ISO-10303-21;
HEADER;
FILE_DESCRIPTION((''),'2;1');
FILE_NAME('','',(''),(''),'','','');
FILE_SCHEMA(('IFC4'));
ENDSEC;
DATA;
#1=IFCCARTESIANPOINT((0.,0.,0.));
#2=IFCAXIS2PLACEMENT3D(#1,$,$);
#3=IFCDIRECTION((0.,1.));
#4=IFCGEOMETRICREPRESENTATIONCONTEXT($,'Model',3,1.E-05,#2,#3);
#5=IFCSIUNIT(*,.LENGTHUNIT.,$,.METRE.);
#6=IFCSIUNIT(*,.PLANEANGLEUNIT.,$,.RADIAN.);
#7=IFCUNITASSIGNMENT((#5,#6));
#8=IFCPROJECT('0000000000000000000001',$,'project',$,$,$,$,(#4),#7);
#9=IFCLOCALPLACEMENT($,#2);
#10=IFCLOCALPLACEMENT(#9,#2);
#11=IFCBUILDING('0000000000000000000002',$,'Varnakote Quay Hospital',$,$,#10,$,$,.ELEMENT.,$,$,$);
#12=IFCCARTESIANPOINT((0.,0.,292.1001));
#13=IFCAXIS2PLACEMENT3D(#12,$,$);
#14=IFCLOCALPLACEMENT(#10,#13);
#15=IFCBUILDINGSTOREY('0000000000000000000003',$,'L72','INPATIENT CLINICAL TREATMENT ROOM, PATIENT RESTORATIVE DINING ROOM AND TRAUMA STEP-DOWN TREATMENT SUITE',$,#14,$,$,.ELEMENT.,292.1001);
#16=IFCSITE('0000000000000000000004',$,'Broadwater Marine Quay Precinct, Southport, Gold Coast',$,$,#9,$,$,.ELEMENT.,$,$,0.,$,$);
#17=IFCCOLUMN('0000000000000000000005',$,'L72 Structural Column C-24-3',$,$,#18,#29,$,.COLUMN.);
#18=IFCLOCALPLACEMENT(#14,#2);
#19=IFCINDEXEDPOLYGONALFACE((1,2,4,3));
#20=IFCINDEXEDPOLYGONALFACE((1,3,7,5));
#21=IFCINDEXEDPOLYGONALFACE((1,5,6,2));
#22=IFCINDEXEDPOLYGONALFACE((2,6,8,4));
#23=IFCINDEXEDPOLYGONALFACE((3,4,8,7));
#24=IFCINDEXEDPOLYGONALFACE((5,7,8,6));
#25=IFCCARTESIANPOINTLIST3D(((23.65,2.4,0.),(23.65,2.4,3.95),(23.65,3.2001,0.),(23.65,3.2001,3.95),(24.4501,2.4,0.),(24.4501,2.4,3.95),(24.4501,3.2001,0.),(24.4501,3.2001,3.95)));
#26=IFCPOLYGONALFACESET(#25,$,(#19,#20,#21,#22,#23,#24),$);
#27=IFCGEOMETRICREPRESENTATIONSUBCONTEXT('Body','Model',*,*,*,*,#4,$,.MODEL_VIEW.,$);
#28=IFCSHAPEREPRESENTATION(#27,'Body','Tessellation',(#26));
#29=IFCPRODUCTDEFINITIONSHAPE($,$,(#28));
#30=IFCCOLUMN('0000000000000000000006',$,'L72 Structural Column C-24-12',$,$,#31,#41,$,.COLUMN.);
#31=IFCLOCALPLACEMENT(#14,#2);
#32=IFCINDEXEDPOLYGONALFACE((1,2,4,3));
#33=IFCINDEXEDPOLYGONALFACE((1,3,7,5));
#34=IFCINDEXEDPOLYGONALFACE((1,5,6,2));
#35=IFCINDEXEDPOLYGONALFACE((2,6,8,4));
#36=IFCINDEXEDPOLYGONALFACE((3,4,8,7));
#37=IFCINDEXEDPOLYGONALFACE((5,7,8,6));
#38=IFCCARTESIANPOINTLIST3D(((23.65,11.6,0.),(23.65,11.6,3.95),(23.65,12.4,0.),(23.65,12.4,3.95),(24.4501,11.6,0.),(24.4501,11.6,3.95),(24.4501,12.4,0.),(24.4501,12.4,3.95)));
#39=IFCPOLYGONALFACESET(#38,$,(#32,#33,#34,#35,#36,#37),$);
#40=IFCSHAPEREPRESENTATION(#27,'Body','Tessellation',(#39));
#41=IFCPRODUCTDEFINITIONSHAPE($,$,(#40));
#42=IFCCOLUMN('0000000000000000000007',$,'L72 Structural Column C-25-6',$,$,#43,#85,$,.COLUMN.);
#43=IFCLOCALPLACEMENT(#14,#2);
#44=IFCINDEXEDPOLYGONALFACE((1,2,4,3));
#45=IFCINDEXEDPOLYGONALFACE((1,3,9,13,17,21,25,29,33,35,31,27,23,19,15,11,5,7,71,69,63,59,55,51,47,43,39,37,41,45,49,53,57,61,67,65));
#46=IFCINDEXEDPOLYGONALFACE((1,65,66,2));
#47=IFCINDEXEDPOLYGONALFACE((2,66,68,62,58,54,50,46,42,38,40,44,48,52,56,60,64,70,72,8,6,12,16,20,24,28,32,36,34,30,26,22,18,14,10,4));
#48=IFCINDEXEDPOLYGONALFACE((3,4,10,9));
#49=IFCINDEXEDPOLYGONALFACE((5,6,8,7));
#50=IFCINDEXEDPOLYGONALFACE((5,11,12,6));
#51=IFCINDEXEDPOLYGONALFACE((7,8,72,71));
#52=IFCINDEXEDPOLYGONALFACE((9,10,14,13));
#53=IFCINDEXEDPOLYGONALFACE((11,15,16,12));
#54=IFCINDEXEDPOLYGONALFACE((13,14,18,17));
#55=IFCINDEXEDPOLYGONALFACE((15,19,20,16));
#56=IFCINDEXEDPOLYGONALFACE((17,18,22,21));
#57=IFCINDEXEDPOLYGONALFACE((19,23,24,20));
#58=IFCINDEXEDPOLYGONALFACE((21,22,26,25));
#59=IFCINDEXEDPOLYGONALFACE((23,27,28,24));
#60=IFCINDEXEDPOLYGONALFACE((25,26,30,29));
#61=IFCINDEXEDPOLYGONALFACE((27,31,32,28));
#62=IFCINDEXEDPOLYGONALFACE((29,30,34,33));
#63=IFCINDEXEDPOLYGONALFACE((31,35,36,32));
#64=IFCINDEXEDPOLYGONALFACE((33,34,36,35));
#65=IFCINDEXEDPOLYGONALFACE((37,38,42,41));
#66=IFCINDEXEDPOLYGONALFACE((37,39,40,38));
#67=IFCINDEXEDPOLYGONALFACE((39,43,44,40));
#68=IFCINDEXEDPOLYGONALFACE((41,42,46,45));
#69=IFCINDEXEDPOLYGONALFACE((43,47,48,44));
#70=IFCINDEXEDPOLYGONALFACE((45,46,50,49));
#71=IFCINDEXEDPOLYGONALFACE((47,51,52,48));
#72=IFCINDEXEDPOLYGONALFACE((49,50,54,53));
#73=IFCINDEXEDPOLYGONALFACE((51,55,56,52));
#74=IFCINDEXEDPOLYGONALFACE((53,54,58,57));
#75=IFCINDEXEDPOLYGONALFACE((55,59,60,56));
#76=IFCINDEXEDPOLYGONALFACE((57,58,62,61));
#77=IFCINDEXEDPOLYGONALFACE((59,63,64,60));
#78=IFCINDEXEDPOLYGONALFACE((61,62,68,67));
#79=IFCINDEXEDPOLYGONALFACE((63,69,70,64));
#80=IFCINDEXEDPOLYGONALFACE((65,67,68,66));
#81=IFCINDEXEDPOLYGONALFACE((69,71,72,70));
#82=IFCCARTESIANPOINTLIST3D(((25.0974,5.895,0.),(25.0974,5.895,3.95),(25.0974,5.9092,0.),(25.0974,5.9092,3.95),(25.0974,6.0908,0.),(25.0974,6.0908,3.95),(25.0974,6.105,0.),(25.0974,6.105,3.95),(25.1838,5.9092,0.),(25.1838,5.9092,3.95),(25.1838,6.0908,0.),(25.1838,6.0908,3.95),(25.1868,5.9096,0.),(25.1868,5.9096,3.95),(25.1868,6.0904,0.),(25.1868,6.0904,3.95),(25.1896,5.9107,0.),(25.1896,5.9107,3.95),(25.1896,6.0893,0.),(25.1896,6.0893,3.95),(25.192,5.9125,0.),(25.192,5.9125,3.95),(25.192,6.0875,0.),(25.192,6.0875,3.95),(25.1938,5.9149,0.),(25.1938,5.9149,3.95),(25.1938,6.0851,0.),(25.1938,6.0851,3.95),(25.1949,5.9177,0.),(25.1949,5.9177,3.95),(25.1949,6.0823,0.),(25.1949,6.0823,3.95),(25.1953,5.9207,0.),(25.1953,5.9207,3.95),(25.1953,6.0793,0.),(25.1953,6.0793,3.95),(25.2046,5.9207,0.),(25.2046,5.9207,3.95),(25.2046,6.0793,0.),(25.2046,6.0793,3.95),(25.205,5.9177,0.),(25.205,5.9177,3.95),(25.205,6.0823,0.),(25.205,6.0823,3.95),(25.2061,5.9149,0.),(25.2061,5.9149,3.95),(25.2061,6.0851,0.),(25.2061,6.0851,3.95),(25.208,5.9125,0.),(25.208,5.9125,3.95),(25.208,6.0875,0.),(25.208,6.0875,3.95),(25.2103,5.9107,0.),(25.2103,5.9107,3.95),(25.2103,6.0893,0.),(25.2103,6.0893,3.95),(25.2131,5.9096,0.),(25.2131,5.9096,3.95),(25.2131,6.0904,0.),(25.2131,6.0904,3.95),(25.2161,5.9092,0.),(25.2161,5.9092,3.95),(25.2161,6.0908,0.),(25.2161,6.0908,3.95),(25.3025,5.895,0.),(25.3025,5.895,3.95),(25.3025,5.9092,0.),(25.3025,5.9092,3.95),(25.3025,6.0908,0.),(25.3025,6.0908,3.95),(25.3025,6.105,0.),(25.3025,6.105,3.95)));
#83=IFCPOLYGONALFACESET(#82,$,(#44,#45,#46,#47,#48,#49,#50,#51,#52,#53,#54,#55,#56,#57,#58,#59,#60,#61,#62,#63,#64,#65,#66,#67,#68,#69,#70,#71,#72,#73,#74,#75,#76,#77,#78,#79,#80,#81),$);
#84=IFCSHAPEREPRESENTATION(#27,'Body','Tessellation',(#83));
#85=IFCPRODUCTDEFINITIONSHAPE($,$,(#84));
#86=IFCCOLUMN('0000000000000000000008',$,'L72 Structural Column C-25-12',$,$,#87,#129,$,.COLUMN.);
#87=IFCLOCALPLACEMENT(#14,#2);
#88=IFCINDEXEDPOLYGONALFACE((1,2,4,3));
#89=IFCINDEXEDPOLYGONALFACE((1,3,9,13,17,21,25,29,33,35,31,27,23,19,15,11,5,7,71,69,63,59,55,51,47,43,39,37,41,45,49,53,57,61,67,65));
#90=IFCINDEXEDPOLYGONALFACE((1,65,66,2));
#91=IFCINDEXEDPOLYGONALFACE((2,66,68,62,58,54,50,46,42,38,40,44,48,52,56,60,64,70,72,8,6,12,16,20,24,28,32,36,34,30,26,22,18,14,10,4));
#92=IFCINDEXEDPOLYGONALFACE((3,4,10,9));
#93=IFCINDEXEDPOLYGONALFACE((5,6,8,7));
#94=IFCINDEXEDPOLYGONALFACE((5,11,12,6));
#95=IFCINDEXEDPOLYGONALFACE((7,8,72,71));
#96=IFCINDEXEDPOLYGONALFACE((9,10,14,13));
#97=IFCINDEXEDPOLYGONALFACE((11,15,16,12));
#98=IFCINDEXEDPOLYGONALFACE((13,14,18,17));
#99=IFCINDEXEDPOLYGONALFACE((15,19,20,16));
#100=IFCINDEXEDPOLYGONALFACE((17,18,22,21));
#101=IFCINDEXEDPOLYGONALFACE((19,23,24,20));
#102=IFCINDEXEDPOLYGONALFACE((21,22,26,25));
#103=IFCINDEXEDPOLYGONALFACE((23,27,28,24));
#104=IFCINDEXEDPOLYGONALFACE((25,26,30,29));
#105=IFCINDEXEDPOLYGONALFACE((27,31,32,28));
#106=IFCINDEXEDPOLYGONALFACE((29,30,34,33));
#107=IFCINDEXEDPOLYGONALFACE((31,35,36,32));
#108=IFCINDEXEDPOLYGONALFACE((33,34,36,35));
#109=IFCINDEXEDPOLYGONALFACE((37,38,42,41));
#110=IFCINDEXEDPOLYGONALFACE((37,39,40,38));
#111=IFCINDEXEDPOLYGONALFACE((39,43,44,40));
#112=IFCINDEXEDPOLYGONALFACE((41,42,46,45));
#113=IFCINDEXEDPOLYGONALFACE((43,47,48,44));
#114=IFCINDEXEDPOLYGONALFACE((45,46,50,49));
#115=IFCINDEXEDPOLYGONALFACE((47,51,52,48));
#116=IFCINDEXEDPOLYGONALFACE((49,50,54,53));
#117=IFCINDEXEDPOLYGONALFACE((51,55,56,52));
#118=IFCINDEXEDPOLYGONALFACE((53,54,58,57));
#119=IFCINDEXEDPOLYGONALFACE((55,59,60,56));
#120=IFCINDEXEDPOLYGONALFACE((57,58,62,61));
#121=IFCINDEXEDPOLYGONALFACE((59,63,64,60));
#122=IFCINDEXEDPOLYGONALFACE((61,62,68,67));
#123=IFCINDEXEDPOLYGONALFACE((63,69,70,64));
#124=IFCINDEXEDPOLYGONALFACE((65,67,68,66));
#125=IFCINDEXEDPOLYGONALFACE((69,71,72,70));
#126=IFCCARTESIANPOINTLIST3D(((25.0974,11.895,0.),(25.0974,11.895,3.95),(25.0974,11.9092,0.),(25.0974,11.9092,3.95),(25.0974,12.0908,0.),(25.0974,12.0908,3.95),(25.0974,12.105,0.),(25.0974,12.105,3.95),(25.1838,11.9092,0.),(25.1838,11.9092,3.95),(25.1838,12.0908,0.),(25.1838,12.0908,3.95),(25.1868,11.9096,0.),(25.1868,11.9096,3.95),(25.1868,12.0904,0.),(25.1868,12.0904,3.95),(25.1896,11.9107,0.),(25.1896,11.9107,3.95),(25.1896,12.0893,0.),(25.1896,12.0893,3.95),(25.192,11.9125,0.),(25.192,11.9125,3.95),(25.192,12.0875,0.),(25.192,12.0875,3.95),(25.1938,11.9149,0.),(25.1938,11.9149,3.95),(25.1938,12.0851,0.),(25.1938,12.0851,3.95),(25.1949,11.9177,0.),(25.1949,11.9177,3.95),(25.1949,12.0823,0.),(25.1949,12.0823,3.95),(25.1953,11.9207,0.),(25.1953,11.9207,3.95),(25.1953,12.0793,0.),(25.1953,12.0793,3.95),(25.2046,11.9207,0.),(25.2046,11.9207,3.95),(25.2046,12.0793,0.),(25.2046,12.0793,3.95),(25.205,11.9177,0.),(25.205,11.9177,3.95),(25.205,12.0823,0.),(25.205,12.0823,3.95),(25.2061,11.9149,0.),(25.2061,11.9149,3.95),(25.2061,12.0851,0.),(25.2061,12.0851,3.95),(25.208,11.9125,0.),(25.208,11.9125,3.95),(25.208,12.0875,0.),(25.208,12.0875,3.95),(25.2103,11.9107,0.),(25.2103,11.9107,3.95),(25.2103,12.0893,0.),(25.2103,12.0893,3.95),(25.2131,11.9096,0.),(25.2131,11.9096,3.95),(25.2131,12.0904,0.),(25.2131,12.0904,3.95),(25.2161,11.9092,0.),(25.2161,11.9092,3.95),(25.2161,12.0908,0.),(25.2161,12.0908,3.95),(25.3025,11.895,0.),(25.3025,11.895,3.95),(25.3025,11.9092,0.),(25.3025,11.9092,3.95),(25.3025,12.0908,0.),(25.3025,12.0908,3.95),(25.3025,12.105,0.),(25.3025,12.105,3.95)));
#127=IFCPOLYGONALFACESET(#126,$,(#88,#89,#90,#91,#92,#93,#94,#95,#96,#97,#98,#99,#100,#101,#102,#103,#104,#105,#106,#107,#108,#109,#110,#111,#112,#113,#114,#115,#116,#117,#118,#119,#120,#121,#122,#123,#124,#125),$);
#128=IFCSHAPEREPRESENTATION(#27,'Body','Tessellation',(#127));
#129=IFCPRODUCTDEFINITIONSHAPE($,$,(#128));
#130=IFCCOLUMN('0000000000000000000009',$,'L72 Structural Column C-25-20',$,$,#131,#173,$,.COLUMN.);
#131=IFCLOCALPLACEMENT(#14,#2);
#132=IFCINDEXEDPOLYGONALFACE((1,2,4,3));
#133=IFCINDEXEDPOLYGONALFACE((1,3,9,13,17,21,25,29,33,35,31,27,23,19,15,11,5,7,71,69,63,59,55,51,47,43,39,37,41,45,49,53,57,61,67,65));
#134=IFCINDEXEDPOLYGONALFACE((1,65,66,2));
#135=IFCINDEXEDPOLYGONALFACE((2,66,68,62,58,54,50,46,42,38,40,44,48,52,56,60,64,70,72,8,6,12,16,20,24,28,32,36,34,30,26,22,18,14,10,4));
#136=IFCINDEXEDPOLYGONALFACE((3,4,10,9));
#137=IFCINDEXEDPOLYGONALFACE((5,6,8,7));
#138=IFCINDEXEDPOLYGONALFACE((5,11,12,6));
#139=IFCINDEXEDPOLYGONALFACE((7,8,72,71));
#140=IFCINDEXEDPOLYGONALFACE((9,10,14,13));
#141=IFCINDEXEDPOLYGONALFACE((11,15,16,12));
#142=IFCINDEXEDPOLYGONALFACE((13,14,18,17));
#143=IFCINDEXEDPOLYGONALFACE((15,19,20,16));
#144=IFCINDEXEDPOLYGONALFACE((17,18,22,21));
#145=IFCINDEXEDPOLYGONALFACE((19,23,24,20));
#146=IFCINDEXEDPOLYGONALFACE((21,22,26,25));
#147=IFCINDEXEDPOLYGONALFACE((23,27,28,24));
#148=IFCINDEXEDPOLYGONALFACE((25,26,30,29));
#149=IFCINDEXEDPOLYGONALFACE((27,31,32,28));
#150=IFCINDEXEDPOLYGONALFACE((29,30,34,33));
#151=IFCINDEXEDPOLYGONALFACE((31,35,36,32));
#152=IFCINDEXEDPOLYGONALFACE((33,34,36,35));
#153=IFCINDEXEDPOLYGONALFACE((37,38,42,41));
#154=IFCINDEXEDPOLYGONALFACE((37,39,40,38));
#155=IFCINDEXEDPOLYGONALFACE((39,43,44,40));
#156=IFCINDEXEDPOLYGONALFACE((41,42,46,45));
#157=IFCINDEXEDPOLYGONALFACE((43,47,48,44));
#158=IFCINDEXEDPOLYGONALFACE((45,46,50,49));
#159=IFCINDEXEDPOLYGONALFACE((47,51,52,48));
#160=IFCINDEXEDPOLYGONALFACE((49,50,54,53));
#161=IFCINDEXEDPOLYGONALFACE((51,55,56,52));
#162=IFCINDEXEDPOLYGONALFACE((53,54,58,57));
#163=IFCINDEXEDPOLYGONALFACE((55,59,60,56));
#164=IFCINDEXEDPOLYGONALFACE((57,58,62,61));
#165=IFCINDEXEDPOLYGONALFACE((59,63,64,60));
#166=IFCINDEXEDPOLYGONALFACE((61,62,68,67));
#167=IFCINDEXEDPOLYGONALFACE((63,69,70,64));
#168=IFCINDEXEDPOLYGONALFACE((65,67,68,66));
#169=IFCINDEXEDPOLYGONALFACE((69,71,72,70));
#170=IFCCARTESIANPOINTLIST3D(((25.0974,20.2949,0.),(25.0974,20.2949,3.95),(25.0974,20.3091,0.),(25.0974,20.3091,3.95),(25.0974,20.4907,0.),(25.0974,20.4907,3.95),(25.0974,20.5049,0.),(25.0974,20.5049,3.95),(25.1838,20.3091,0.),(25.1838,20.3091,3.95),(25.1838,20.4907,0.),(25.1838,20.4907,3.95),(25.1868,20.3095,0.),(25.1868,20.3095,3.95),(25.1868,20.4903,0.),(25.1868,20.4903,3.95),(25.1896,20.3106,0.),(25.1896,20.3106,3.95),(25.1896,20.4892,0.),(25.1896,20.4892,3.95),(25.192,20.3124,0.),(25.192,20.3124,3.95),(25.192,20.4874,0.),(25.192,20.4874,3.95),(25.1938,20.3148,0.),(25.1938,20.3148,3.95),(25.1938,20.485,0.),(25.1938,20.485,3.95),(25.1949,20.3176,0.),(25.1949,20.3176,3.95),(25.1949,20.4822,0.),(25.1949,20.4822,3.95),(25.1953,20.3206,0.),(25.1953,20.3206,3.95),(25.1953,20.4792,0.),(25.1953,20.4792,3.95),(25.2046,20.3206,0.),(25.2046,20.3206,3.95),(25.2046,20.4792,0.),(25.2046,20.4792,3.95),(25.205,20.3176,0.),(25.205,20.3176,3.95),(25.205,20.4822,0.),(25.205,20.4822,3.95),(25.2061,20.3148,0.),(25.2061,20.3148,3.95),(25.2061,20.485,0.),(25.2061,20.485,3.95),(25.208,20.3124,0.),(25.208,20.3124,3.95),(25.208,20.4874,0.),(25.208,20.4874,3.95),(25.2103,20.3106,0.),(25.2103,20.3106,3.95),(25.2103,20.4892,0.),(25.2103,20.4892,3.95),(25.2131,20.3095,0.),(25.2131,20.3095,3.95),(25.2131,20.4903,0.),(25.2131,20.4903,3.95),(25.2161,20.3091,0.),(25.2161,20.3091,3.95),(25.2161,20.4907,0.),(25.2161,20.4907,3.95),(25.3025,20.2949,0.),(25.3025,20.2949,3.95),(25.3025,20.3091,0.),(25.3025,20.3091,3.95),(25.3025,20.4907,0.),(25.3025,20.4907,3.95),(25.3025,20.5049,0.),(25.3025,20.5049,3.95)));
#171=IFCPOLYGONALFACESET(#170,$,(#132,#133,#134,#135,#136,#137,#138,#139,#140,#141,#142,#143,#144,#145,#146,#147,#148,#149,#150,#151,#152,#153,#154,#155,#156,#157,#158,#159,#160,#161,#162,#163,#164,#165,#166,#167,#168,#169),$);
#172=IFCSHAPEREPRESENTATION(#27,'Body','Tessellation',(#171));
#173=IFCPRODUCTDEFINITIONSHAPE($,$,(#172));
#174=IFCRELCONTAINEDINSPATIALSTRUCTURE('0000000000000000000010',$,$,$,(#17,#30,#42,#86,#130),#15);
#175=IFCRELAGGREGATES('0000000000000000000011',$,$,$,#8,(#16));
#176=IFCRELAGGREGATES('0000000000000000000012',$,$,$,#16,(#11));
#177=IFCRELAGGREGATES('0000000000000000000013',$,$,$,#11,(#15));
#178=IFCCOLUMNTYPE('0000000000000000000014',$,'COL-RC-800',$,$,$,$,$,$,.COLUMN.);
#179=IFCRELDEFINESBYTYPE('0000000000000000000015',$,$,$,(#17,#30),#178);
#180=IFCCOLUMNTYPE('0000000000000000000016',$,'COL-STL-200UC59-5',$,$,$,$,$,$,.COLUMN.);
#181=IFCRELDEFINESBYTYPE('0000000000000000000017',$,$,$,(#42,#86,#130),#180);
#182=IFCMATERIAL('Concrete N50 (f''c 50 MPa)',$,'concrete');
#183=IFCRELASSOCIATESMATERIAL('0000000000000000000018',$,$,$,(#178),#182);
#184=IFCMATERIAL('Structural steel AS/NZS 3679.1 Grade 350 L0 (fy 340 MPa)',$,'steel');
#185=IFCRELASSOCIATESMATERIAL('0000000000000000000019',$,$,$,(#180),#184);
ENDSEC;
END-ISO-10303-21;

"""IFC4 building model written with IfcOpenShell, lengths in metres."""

from ifc_helpers import new_model, si_unit, direction, frame, origin, origin_2d, place, context, subcontext, project, spatial, rectangle, i_section, extrude, material, material_profile, profile_set, type_object, element, save


model = new_model("IFC4")

# Units and contexts
model_context = context("Model", 3, precision=1e-05, world=origin(), true_north=direction((0.0, 1.0)))
body_context = subcontext(model_context, "Body", "Model", "MODEL_VIEW")
ifc_project = project(units=[si_unit("LENGTHUNIT", "METRE"), si_unit("PLANEANGLEUNIT", "RADIAN")], contexts=[model_context])

# Site, building, storey
site_placement = place(None, origin())
site = spatial("IfcSite", under=ifc_project, at=site_placement, Name="Broadwater Marine Quay Precinct, Southport, Gold Coast", CompositionType="ELEMENT", RefElevation=0.0)
building_placement = place(site_placement, origin())
building = spatial("IfcBuilding", under=site, at=building_placement, Name="Varnakote Quay Hospital", CompositionType="ELEMENT")
storey_placement = place(building_placement, frame((0.0, 0.0, 292.1001)))
storey = spatial("IfcBuildingStorey", under=building, at=storey_placement, Name="L72", Description="INPATIENT CLINICAL TREATMENT ROOM, PATIENT RESTORATIVE DINING ROOM AND TRAUMA STEP-DOWN TREATMENT SUITE", CompositionType="ELEMENT", Elevation=292.1001)

# Columns
ifc_material_1 = material(Name="Concrete N50 (f'c 50 MPa)", Category="concrete")
ifc_material_profile_1 = material_profile(ifc_material_1, rectangle(XDim=0.8, YDim=0.8, at=origin_2d()), Name="RC-COL-800x800")
ifc_profile_set_1 = profile_set([ifc_material_profile_1], Name="Concrete N50 (f'c 50 MPa)")
column_type_1 = type_object("IfcColumnType", Name="COL-RC-800", PredefinedType="COLUMN", material=ifc_profile_set_1)
for number, where, z_axis, x_axis, name in (
    (1, (24.05, 2.8, 0.0), (0.0, 0.0, 1.0), (1.0, 0.0, 0.0), "L72 Structural Column C-24-3"),
    (2, (24.05, 12.0, 0.0), (0.0, 0.0, 1.0), (1.0, 0.0, 0.0), "L72 Structural Column C-24-12"),
):
    element("IfcColumn", number, at=place(storey_placement, frame(where, z_axis=z_axis, x_axis=x_axis)), inside=storey, type_object=column_type_1, Name=name, PredefinedType="COLUMN", context=body_context, shape_type="SweptSolid", body=[
        extrude(rectangle(XDim=0.8, YDim=0.8, at=origin_2d()), origin(), (0.0, 0.0, 1.0), 3.95),
    ])
ifc_material_2 = material(Name="Structural steel AS/NZS 3679.1 Grade 350 L0 (fy 340 MPa)", Category="steel")
ifc_material_profile_2 = material_profile(ifc_material_2, i_section(OverallWidth=0.2051, OverallDepth=0.21, WebThickness=0.0093, FlangeThickness=0.0142, FilletRadius=0.0115, at=origin_2d()), Name="200UC59.5")
ifc_profile_set_2 = profile_set([ifc_material_profile_2], Name="Structural steel AS/NZS 3679.1 Grade 350 L0 (fy 340 MPa)")
column_type_2 = type_object("IfcColumnType", Name="COL-STL-200UC59-5", PredefinedType="COLUMN", material=ifc_profile_set_2)
for number, where, z_axis, x_axis, name in (
    (3, (25.2, 6.0, 0.0), (0.0, 0.0, 1.0), (1.0, 0.0, 0.0), "L72 Structural Column C-25-6"),
    (4, (25.2, 12.0, 0.0), (0.0, 0.0, 1.0), (1.0, 0.0, 0.0), "L72 Structural Column C-25-12"),
    (5, (25.2, 20.3999, 0.0), (0.0, 0.0, 1.0), (1.0, 0.0, 0.0), "L72 Structural Column C-25-20"),
):
    element("IfcColumn", number, at=place(storey_placement, frame(where, z_axis=z_axis, x_axis=x_axis)), inside=storey, type_object=column_type_2, Name=name, PredefinedType="COLUMN", context=body_context, shape_type="SweptSolid", body=[
        extrude(i_section(OverallWidth=0.2051, OverallDepth=0.21, WebThickness=0.0093, FlangeThickness=0.0142, FilletRadius=0.0115, at=origin_2d()), origin(), (0.0, 0.0, 1.0), 3.95),
    ])

save(model, "model.ifc")
